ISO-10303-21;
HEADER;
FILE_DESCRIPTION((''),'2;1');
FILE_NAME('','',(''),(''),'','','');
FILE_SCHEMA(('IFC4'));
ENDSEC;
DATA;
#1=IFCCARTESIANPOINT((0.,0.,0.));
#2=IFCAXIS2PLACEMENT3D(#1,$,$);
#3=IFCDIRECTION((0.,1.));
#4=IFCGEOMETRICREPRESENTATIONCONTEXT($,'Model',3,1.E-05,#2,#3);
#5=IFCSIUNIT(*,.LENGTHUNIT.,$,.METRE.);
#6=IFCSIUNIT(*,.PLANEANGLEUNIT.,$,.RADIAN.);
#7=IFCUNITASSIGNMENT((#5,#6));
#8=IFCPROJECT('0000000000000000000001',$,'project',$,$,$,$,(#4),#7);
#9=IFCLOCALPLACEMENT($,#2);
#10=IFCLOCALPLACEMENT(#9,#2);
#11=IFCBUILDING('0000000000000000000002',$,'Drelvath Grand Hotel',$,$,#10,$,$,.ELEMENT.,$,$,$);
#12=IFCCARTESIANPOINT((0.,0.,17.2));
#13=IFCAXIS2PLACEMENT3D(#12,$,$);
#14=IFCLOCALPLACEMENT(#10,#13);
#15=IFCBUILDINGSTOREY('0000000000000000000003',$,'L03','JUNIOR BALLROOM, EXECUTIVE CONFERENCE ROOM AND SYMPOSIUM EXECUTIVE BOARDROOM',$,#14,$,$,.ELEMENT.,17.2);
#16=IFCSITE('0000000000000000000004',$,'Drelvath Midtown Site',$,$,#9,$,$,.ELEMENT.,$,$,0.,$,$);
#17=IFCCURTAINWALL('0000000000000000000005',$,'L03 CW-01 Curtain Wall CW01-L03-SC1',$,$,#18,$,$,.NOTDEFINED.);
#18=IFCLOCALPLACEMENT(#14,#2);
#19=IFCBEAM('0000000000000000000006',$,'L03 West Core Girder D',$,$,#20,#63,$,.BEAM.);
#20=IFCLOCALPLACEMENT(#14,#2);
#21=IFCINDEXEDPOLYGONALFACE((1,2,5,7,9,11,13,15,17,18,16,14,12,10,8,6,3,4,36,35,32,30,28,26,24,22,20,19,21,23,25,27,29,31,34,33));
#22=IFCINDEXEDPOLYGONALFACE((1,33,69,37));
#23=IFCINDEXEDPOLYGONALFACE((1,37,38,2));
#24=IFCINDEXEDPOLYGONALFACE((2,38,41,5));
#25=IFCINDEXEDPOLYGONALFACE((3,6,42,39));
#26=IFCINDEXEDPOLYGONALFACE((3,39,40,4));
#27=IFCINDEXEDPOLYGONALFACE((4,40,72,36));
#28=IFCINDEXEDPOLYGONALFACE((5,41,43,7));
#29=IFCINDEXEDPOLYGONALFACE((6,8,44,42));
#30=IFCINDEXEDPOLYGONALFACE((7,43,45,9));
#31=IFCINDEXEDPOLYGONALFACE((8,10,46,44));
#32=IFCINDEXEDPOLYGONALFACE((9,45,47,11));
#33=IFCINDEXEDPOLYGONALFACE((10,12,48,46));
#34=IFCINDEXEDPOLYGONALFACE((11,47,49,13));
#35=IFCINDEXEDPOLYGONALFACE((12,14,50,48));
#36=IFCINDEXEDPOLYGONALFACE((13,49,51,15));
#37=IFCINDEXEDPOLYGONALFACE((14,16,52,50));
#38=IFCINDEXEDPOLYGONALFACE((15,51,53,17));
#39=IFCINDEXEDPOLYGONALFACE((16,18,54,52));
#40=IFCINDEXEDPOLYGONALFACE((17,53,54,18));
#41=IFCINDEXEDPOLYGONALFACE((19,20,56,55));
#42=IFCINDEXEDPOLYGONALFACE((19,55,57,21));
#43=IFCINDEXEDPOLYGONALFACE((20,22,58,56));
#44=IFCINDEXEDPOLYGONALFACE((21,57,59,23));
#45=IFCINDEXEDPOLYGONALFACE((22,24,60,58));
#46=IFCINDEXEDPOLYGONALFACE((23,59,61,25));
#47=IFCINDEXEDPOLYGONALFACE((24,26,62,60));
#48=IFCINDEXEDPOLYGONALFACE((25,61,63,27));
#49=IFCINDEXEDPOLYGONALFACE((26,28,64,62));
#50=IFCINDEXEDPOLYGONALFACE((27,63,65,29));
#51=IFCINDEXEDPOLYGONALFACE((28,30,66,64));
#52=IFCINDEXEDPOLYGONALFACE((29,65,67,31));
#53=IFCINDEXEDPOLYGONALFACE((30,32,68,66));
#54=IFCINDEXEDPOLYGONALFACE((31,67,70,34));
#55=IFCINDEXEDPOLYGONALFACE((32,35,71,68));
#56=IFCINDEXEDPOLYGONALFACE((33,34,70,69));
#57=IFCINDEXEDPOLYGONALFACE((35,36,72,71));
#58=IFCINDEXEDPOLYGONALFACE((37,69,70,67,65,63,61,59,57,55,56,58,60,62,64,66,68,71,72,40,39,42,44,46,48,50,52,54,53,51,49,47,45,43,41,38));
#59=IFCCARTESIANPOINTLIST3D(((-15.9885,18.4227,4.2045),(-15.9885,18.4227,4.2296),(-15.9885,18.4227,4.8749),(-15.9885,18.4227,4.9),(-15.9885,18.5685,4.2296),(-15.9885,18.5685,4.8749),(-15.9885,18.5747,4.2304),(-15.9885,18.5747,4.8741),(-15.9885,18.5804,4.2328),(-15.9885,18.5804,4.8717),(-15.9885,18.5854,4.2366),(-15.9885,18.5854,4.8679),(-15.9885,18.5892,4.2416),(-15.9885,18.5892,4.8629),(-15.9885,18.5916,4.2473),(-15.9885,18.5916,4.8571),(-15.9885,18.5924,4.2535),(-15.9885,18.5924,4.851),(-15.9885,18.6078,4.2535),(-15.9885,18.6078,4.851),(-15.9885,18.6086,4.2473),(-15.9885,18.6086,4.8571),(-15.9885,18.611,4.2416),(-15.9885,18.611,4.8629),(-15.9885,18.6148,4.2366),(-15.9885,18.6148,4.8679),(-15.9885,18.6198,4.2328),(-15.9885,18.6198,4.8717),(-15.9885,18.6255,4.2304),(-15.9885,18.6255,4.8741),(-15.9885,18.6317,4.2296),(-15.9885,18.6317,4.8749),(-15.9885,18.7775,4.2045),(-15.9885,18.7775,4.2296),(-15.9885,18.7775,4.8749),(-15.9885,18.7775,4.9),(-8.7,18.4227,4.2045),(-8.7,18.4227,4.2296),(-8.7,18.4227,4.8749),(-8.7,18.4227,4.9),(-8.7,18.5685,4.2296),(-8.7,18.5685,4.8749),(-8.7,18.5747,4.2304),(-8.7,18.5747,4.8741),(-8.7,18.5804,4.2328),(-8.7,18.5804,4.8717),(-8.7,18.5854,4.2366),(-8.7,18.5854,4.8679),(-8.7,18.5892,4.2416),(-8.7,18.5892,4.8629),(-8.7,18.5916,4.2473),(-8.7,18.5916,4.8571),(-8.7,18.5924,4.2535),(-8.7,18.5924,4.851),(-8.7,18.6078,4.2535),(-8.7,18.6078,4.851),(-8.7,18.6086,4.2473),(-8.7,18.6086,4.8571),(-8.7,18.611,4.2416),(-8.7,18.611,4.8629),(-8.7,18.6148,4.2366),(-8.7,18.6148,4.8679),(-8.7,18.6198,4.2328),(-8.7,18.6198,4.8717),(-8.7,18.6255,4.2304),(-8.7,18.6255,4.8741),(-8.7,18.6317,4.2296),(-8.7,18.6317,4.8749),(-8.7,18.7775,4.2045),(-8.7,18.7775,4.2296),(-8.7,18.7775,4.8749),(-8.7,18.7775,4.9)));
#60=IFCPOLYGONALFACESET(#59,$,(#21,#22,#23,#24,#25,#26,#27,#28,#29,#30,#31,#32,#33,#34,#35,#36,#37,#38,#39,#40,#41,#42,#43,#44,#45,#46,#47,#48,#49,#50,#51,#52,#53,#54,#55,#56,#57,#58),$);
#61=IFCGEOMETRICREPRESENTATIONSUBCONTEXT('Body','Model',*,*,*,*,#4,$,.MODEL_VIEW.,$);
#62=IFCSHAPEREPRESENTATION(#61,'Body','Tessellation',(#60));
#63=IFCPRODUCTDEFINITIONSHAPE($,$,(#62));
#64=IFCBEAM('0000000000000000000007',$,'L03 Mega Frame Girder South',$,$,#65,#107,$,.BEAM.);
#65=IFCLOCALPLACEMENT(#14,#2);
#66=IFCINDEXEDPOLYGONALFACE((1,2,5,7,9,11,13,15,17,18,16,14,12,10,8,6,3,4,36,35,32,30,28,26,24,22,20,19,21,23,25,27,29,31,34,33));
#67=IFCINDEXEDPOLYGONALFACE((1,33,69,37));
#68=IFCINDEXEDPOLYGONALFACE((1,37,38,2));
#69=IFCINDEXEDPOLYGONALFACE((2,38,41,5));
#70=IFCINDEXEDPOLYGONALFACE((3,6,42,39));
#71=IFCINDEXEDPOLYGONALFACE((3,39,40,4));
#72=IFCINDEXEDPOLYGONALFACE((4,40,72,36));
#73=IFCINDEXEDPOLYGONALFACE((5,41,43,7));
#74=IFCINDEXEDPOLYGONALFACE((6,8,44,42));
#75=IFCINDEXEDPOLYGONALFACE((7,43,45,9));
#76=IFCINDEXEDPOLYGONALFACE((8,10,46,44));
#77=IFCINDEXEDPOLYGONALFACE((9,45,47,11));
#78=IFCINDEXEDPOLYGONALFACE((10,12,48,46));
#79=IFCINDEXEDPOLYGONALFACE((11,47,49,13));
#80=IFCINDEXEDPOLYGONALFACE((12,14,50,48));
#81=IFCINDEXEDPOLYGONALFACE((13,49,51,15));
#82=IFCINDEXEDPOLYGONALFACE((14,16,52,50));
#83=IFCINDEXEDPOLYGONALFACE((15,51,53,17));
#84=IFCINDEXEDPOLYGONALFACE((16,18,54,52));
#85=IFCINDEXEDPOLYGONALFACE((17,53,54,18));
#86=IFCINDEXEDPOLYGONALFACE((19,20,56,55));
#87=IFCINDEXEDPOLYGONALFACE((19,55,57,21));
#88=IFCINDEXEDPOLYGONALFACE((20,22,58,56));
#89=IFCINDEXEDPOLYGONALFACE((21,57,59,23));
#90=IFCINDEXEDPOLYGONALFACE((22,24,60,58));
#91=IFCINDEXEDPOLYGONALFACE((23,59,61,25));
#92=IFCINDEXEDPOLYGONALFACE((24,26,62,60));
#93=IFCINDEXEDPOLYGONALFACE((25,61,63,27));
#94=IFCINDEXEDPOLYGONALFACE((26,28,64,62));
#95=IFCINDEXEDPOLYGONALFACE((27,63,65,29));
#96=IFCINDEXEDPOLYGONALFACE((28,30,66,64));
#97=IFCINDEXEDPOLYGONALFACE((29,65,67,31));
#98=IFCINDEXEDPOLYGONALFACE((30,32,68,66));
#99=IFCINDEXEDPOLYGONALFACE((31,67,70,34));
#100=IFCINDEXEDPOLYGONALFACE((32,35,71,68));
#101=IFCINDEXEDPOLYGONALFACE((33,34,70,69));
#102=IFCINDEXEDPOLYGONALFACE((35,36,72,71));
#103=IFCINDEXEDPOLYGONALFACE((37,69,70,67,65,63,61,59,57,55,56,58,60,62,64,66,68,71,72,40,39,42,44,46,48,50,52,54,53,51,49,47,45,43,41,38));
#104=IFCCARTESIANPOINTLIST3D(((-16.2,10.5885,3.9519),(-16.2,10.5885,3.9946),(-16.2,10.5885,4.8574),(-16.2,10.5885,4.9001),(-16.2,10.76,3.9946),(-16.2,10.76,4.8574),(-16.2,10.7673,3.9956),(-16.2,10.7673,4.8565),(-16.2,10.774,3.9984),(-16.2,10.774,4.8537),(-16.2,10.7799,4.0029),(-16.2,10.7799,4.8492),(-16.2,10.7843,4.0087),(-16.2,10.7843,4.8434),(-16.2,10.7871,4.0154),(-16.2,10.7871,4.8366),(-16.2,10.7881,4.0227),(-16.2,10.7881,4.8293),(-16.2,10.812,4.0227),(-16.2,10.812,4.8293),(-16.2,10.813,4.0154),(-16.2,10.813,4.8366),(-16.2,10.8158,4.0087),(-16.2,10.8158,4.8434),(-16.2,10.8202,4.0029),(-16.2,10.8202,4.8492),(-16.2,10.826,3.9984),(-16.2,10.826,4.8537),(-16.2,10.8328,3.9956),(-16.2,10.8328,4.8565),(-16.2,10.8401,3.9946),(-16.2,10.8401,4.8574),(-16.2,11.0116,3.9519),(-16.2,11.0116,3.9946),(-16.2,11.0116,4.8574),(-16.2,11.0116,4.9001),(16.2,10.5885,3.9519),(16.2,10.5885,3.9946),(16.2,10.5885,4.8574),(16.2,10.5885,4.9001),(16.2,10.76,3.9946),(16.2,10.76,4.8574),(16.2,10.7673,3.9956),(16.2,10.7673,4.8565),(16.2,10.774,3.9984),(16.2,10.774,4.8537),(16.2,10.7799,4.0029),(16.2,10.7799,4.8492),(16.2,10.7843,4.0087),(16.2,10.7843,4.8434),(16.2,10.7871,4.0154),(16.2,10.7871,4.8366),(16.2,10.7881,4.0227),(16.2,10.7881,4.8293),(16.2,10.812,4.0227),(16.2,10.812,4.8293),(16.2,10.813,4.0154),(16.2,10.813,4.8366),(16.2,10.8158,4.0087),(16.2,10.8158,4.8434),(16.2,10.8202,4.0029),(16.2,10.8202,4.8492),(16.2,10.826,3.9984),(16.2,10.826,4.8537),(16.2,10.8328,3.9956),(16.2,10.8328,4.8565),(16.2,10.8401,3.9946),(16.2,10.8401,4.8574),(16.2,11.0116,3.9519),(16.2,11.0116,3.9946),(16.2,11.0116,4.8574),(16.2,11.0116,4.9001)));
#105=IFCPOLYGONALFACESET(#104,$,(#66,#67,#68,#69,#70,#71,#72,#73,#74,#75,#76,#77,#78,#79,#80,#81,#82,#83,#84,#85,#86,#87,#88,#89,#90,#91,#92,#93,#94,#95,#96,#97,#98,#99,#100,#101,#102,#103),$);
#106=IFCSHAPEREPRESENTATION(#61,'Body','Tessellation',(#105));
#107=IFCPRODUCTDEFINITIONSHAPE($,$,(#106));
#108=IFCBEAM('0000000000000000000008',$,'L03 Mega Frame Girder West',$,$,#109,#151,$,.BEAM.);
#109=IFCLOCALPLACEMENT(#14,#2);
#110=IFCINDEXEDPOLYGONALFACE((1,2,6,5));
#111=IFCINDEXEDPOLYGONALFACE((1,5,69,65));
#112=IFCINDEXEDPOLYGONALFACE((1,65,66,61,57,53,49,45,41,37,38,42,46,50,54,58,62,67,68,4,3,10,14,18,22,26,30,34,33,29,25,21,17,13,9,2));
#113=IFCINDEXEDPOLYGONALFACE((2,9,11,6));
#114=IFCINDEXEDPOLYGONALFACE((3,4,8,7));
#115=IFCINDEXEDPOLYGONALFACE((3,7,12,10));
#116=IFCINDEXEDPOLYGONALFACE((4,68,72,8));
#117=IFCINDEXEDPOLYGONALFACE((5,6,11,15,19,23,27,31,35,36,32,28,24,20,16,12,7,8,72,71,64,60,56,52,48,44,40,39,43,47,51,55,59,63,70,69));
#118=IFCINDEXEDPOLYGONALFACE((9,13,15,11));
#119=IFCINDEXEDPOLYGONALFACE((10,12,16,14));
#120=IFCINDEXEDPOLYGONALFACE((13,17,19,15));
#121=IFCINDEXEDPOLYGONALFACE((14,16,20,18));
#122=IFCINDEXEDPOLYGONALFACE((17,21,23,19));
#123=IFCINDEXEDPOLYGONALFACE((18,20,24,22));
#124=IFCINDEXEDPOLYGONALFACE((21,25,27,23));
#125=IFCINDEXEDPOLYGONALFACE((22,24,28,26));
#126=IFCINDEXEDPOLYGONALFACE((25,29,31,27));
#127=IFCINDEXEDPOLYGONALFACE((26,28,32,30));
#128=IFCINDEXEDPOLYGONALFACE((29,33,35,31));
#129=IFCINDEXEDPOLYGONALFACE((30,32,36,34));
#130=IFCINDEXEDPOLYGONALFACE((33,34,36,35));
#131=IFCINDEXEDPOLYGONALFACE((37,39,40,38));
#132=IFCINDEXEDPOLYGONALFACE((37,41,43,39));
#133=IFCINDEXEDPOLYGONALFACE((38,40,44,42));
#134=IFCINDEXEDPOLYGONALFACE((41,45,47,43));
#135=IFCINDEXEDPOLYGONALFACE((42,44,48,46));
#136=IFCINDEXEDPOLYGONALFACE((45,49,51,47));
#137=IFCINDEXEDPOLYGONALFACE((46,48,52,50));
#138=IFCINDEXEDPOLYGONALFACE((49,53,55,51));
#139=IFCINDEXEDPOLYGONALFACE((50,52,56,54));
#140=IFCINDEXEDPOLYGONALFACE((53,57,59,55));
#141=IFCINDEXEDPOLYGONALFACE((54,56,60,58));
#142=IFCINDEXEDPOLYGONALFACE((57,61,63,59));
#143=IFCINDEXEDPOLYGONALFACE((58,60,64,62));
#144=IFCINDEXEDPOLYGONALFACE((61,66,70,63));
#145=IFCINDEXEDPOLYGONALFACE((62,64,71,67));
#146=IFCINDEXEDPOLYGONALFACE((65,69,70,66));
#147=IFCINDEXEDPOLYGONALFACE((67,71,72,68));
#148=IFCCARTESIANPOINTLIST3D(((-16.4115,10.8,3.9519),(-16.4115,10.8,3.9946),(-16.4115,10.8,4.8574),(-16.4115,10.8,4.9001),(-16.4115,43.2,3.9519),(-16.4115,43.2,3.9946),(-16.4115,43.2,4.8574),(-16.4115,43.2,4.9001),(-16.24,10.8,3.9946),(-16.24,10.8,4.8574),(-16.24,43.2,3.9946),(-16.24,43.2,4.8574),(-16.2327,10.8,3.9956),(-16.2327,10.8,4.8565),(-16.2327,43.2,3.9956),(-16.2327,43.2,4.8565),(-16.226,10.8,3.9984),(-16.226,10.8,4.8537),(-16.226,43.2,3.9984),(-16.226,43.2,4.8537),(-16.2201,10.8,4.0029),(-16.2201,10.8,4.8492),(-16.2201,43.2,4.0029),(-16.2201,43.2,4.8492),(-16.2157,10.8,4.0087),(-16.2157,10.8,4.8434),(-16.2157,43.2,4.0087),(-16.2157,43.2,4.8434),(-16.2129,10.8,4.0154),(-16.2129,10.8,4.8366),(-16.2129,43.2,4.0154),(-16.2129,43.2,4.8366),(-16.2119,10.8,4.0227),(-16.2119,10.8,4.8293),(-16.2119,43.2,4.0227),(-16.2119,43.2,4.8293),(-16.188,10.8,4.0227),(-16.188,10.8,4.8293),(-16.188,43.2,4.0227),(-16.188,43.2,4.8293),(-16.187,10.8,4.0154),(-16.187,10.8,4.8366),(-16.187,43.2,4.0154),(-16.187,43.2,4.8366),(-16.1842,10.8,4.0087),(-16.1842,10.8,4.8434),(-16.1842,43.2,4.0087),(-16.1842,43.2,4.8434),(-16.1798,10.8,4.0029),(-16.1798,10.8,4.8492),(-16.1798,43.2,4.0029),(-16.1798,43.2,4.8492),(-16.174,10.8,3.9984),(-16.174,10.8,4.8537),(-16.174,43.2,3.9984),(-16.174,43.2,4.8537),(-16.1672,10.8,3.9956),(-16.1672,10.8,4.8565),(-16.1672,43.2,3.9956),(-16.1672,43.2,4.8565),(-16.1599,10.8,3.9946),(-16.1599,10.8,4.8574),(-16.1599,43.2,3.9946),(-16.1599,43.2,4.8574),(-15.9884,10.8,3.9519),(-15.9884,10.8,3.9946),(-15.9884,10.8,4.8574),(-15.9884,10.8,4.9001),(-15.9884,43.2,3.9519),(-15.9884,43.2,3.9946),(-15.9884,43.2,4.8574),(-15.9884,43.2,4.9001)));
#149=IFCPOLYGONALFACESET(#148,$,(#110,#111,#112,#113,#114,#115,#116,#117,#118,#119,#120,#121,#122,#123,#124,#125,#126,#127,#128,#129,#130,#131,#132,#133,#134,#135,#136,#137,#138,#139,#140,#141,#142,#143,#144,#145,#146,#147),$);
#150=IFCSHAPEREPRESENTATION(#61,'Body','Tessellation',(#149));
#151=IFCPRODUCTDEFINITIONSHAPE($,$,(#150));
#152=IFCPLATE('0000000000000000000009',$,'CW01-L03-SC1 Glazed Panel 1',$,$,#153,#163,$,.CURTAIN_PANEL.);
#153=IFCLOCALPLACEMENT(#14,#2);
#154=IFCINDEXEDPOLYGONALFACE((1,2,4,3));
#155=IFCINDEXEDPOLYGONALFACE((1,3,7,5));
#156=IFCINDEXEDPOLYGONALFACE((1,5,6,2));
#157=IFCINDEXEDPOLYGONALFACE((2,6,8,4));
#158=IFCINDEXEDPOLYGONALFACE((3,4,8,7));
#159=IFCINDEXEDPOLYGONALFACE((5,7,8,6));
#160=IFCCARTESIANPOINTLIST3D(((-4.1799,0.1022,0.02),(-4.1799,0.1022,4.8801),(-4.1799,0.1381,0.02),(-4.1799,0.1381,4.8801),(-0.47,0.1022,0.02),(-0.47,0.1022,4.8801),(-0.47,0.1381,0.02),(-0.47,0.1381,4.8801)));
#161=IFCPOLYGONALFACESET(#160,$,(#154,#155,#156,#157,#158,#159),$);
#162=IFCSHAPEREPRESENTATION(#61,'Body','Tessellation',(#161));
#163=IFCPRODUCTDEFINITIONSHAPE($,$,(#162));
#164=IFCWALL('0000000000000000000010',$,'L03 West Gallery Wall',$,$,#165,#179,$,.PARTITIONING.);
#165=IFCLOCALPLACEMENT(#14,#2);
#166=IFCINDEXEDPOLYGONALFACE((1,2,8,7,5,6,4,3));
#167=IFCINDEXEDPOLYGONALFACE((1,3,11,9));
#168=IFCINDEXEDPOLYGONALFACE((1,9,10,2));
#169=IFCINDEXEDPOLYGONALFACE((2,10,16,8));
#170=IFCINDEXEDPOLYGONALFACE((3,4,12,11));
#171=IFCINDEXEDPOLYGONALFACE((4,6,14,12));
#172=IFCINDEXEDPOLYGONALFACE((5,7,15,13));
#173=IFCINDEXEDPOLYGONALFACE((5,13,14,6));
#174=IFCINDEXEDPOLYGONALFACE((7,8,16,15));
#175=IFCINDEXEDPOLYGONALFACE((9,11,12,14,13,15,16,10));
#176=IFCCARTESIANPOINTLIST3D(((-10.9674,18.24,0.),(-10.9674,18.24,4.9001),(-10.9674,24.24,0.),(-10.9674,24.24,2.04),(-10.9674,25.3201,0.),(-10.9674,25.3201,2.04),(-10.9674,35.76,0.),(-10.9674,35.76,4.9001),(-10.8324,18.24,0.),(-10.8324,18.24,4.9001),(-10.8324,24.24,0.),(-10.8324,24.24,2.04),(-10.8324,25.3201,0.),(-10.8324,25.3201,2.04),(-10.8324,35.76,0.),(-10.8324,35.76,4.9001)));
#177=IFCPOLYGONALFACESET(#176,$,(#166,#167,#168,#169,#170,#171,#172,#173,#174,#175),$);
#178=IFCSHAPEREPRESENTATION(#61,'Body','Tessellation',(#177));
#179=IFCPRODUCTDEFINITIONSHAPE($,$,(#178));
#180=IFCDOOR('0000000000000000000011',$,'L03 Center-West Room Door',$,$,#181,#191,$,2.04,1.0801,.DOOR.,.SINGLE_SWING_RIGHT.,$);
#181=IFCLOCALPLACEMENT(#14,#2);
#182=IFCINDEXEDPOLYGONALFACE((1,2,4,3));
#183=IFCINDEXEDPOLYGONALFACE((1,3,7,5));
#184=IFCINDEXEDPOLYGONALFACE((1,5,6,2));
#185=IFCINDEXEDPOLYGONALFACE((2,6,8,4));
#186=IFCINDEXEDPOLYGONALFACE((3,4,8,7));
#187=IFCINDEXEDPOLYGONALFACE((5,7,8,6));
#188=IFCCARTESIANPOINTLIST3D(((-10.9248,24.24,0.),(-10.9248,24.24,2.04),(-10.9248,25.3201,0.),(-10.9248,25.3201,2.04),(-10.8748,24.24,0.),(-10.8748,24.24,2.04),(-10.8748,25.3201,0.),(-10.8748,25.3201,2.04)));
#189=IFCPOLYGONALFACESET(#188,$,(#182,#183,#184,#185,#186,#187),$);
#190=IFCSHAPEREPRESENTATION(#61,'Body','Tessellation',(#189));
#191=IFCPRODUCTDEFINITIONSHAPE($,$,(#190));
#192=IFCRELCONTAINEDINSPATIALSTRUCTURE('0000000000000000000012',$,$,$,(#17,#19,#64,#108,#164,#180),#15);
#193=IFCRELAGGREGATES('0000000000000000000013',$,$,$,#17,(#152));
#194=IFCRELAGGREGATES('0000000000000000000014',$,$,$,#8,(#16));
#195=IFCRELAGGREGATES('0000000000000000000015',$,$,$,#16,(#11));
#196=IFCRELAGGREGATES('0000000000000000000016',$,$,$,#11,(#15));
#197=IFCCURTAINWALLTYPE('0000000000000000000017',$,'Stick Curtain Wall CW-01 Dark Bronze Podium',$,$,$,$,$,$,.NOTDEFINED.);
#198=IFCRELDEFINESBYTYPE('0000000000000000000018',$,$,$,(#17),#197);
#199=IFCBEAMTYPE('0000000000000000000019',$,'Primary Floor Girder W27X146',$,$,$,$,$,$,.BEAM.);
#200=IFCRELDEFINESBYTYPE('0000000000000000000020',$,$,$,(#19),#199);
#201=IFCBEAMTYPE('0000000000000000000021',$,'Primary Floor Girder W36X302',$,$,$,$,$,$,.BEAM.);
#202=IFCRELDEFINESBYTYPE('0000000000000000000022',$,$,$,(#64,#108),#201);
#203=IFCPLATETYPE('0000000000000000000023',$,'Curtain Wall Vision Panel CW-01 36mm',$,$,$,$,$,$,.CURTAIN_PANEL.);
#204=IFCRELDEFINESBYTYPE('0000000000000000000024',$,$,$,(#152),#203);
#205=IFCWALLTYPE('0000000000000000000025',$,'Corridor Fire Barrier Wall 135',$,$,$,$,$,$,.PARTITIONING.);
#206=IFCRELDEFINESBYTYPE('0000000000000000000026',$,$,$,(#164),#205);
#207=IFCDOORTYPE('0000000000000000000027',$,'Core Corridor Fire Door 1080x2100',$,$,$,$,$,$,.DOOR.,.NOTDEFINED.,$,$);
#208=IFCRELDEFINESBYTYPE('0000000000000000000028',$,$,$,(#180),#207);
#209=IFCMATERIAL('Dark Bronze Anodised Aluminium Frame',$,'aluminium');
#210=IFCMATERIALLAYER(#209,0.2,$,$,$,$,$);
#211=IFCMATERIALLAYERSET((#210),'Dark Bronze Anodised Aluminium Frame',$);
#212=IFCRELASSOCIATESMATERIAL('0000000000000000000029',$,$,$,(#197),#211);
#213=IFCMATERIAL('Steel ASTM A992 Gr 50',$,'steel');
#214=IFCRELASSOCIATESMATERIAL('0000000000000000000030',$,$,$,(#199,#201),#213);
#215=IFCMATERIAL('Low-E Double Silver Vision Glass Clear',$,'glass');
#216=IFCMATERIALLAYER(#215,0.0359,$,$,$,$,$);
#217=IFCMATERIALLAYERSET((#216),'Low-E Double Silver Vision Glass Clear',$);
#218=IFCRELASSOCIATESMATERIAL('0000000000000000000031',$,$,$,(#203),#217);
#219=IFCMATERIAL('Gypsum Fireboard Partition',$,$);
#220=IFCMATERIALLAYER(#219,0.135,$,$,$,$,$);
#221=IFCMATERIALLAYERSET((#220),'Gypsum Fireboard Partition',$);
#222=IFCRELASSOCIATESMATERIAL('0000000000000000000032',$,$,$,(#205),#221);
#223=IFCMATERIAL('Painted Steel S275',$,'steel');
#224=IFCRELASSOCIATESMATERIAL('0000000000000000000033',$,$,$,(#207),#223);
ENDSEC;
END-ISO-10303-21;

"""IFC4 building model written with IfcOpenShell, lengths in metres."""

from ifc_helpers import new_model, si_unit, direction, frame, frame_2d, origin, origin_2d, place, context, subcontext, project, spatial, rectangle, i_section, extrude, material, layer, layer_set, material_profile, profile_set, type_object, element, fill, aggregate, save


model = new_model("IFC4")

# Units and contexts
model_context = context("Model", 3, precision=1e-05, world=origin(), true_north=direction((0.0, 1.0)))
body_context = subcontext(model_context, "Body", "Model", "MODEL_VIEW")
ifc_project = project(units=[si_unit("LENGTHUNIT", "METRE"), si_unit("PLANEANGLEUNIT", "RADIAN")], contexts=[model_context])

# Site, building, storey
site_placement = place(None, origin())
site = spatial("IfcSite", under=ifc_project, at=site_placement, Name="Drelvath Midtown Site", CompositionType="ELEMENT", RefElevation=0.0)
building_placement = place(site_placement, origin())
building = spatial("IfcBuilding", under=site, at=building_placement, Name="Drelvath Grand Hotel", CompositionType="ELEMENT")
storey_placement = place(building_placement, frame((0.0, 0.0, 17.2)))
storey = spatial("IfcBuildingStorey", under=building, at=storey_placement, Name="L03", Description="JUNIOR BALLROOM, EXECUTIVE CONFERENCE ROOM AND SYMPOSIUM EXECUTIVE BOARDROOM", CompositionType="ELEMENT", Elevation=17.2)

# Curtain wall
ifc_material_1 = material(Name="Dark Bronze Anodised Aluminium Frame", Category="aluminium")
ifc_layer_1 = layer(ifc_material_1, 0.2)
ifc_layer_set_1 = layer_set([ifc_layer_1], Name="Dark Bronze Anodised Aluminium Frame")
curtain_wall_type = type_object("IfcCurtainWallType", Name="Stick Curtain Wall CW-01 Dark Bronze Podium", PredefinedType="NOTDEFINED", material=ifc_layer_set_1)
curtain_wall_placement = place(storey_placement, origin())
curtain_wall = element("IfcCurtainWall", 1, at=curtain_wall_placement, inside=storey, type_object=curtain_wall_type, Name="L03 CW-01 Curtain Wall CW01-L03-SC1", PredefinedType="NOTDEFINED")

# Beams
ifc_material_2 = material(Name="Steel ASTM A992 Gr 50", Category="steel")
ifc_material_profile_1 = material_profile(ifc_material_2, i_section(OverallWidth=0.3547, OverallDepth=0.6956, WebThickness=0.0154, FlangeThickness=0.0251, FilletRadius=0.0239, at=origin_2d()), Name="W27X146")
ifc_profile_set_1 = profile_set([ifc_material_profile_1], Name="Steel ASTM A992 Gr 50")
beam_type_1 = type_object("IfcBeamType", Name="Primary Floor Girder W27X146", PredefinedType="BEAM", material=ifc_profile_set_1)
beam_placement = place(storey_placement, frame((-15.9885, 18.6001, 4.5522), z_axis=(1.0, 0.0, 0.0), x_axis=(0.0, 1.0, 0.0)))
element("IfcBeam", 2, at=beam_placement, inside=storey, type_object=beam_type_1, Name="L03 West Core Girder D", PredefinedType="BEAM", context=body_context, shape_type="SweptSolid", body=[
    extrude(i_section(OverallWidth=0.3547, OverallDepth=0.6956, WebThickness=0.0154, FlangeThickness=0.0251, FilletRadius=0.0239, at=origin_2d()), origin(), (0.0, 0.0, 1.0), 7.2886),
])
ifc_material_profile_2 = material_profile(ifc_material_2, i_section(OverallWidth=0.4231, OverallDepth=0.9482, WebThickness=0.0239, FlangeThickness=0.0427, FilletRadius=0.0281, at=origin_2d()), Name="W36X302")
ifc_profile_set_2 = profile_set([ifc_material_profile_2], Name="Steel ASTM A992 Gr 50")
beam_type_2 = type_object("IfcBeamType", Name="Primary Floor Girder W36X302", PredefinedType="BEAM", material=ifc_profile_set_2)
for number, where, z_axis, x_axis, name in (
    (3, (-16.2, 10.8, 4.426), (1.0, 0.0, 0.0), (0.0, 1.0, 0.0), "L03 Mega Frame Girder South"),
    (4, (-16.2, 10.8, 4.426), (0.0, 1.0, 0.0), (-1.0, 0.0, 0.0), "L03 Mega Frame Girder West"),
):
    element("IfcBeam", number, at=place(storey_placement, frame(where, z_axis=z_axis, x_axis=x_axis)), inside=storey, type_object=beam_type_2, Name=name, PredefinedType="BEAM", context=body_context, shape_type="SweptSolid", body=[
        extrude(i_section(OverallWidth=0.4231, OverallDepth=0.9482, WebThickness=0.0239, FlangeThickness=0.0427, FilletRadius=0.0281, at=origin_2d()), origin(), (0.0, 0.0, 1.0), 32.3999),
    ])

# Plate
ifc_material_3 = material(Name="Low-E Double Silver Vision Glass Clear", Category="glass")
ifc_layer_2 = layer(ifc_material_3, 0.0359)
ifc_layer_set_2 = layer_set([ifc_layer_2], Name="Low-E Double Silver Vision Glass Clear")
plate_type = type_object("IfcPlateType", Name="Curtain Wall Vision Panel CW-01 36mm", PredefinedType="CURTAIN_PANEL", material=ifc_layer_set_2)
plate_placement = place(storey_placement, frame((-2.325, 0.1201, 0.02), z_axis=(0.0, 0.0, 1.0), x_axis=(-1.0, 0.0, 0.0)))
plate = element("IfcPlate", 5, at=plate_placement, type_object=plate_type, Name="CW01-L03-SC1 Glazed Panel 1", PredefinedType="CURTAIN_PANEL", context=body_context, shape_type="SweptSolid", body=[
    extrude(rectangle(XDim=3.71, YDim=0.0359, at=origin_2d()), origin(), (0.0, 0.0, 1.0), 4.8601),
])
aggregate(curtain_wall, [plate])

# Wall, opening, door
ifc_material_4 = material(Name="Gypsum Fireboard Partition")
ifc_layer_3 = layer(ifc_material_4, 0.135)
ifc_layer_set_3 = layer_set([ifc_layer_3], Name="Gypsum Fireboard Partition")
wall_type_1 = type_object("IfcWallType", Name="Corridor Fire Barrier Wall 135", PredefinedType="PARTITIONING", material=ifc_layer_set_3)
wall_1_placement = place(storey_placement, frame((-10.8999, 18.24, 0.0), z_axis=(0.0, 0.0, 1.0), x_axis=(0.0, 1.0, 0.0)))
wall_1 = element("IfcWall", 6, at=wall_1_placement, inside=storey, type_object=wall_type_1, Name="L03 West Gallery Wall", PredefinedType="PARTITIONING", context=body_context, shape_type="SweptSolid", body=[
    extrude(rectangle(XDim=17.52, YDim=0.135, at=frame_2d((8.76, 0.0))), origin(), (0.0, 0.0, 1.0), 4.9001),
])
opening_1_placement = place(wall_1_placement, frame((6.0, 0.0, 0.0)))
opening_1 = element("IfcOpeningElement", 7, at=opening_1_placement, cuts=wall_1, PredefinedType="OPENING", context=body_context, shape_type="SweptSolid", body=[
    extrude(rectangle(XDim=1.0801, YDim=2.04, at=frame_2d((0.54, 1.02))), frame((0.0, 0.0774, 0.0), z_axis=(0.0, -1.0, 0.0), x_axis=(1.0, 0.0, 0.0)), (0.0, 0.0, 1.0), 0.155),
])
ifc_material_5 = material(Name="Painted Steel S275", Category="steel")
door_type = type_object("IfcDoorType", Name="Core Corridor Fire Door 1080x2100", OperationType="NOTDEFINED", PredefinedType="DOOR", material=ifc_material_5)
door_1_placement = place(opening_1_placement, origin())
door_1 = element("IfcDoor", 8, at=door_1_placement, inside=storey, type_object=door_type, Name="L03 Center-West Room Door", OperationType="SINGLE_SWING_RIGHT", OverallHeight=2.04, OverallWidth=1.0801, PredefinedType="DOOR", context=body_context, shape_type="SweptSolid", body=[
    extrude(rectangle(XDim=1.0801, YDim=2.04, at=frame_2d((0.54, 1.02))), frame((0.0, 0.0249, 0.0), z_axis=(0.0, -1.0, 0.0), x_axis=(1.0, 0.0, 0.0)), (0.0, 0.0, 1.0), 0.05),
])
fill(opening_1, door_1)

save(model, "model.ifc")
